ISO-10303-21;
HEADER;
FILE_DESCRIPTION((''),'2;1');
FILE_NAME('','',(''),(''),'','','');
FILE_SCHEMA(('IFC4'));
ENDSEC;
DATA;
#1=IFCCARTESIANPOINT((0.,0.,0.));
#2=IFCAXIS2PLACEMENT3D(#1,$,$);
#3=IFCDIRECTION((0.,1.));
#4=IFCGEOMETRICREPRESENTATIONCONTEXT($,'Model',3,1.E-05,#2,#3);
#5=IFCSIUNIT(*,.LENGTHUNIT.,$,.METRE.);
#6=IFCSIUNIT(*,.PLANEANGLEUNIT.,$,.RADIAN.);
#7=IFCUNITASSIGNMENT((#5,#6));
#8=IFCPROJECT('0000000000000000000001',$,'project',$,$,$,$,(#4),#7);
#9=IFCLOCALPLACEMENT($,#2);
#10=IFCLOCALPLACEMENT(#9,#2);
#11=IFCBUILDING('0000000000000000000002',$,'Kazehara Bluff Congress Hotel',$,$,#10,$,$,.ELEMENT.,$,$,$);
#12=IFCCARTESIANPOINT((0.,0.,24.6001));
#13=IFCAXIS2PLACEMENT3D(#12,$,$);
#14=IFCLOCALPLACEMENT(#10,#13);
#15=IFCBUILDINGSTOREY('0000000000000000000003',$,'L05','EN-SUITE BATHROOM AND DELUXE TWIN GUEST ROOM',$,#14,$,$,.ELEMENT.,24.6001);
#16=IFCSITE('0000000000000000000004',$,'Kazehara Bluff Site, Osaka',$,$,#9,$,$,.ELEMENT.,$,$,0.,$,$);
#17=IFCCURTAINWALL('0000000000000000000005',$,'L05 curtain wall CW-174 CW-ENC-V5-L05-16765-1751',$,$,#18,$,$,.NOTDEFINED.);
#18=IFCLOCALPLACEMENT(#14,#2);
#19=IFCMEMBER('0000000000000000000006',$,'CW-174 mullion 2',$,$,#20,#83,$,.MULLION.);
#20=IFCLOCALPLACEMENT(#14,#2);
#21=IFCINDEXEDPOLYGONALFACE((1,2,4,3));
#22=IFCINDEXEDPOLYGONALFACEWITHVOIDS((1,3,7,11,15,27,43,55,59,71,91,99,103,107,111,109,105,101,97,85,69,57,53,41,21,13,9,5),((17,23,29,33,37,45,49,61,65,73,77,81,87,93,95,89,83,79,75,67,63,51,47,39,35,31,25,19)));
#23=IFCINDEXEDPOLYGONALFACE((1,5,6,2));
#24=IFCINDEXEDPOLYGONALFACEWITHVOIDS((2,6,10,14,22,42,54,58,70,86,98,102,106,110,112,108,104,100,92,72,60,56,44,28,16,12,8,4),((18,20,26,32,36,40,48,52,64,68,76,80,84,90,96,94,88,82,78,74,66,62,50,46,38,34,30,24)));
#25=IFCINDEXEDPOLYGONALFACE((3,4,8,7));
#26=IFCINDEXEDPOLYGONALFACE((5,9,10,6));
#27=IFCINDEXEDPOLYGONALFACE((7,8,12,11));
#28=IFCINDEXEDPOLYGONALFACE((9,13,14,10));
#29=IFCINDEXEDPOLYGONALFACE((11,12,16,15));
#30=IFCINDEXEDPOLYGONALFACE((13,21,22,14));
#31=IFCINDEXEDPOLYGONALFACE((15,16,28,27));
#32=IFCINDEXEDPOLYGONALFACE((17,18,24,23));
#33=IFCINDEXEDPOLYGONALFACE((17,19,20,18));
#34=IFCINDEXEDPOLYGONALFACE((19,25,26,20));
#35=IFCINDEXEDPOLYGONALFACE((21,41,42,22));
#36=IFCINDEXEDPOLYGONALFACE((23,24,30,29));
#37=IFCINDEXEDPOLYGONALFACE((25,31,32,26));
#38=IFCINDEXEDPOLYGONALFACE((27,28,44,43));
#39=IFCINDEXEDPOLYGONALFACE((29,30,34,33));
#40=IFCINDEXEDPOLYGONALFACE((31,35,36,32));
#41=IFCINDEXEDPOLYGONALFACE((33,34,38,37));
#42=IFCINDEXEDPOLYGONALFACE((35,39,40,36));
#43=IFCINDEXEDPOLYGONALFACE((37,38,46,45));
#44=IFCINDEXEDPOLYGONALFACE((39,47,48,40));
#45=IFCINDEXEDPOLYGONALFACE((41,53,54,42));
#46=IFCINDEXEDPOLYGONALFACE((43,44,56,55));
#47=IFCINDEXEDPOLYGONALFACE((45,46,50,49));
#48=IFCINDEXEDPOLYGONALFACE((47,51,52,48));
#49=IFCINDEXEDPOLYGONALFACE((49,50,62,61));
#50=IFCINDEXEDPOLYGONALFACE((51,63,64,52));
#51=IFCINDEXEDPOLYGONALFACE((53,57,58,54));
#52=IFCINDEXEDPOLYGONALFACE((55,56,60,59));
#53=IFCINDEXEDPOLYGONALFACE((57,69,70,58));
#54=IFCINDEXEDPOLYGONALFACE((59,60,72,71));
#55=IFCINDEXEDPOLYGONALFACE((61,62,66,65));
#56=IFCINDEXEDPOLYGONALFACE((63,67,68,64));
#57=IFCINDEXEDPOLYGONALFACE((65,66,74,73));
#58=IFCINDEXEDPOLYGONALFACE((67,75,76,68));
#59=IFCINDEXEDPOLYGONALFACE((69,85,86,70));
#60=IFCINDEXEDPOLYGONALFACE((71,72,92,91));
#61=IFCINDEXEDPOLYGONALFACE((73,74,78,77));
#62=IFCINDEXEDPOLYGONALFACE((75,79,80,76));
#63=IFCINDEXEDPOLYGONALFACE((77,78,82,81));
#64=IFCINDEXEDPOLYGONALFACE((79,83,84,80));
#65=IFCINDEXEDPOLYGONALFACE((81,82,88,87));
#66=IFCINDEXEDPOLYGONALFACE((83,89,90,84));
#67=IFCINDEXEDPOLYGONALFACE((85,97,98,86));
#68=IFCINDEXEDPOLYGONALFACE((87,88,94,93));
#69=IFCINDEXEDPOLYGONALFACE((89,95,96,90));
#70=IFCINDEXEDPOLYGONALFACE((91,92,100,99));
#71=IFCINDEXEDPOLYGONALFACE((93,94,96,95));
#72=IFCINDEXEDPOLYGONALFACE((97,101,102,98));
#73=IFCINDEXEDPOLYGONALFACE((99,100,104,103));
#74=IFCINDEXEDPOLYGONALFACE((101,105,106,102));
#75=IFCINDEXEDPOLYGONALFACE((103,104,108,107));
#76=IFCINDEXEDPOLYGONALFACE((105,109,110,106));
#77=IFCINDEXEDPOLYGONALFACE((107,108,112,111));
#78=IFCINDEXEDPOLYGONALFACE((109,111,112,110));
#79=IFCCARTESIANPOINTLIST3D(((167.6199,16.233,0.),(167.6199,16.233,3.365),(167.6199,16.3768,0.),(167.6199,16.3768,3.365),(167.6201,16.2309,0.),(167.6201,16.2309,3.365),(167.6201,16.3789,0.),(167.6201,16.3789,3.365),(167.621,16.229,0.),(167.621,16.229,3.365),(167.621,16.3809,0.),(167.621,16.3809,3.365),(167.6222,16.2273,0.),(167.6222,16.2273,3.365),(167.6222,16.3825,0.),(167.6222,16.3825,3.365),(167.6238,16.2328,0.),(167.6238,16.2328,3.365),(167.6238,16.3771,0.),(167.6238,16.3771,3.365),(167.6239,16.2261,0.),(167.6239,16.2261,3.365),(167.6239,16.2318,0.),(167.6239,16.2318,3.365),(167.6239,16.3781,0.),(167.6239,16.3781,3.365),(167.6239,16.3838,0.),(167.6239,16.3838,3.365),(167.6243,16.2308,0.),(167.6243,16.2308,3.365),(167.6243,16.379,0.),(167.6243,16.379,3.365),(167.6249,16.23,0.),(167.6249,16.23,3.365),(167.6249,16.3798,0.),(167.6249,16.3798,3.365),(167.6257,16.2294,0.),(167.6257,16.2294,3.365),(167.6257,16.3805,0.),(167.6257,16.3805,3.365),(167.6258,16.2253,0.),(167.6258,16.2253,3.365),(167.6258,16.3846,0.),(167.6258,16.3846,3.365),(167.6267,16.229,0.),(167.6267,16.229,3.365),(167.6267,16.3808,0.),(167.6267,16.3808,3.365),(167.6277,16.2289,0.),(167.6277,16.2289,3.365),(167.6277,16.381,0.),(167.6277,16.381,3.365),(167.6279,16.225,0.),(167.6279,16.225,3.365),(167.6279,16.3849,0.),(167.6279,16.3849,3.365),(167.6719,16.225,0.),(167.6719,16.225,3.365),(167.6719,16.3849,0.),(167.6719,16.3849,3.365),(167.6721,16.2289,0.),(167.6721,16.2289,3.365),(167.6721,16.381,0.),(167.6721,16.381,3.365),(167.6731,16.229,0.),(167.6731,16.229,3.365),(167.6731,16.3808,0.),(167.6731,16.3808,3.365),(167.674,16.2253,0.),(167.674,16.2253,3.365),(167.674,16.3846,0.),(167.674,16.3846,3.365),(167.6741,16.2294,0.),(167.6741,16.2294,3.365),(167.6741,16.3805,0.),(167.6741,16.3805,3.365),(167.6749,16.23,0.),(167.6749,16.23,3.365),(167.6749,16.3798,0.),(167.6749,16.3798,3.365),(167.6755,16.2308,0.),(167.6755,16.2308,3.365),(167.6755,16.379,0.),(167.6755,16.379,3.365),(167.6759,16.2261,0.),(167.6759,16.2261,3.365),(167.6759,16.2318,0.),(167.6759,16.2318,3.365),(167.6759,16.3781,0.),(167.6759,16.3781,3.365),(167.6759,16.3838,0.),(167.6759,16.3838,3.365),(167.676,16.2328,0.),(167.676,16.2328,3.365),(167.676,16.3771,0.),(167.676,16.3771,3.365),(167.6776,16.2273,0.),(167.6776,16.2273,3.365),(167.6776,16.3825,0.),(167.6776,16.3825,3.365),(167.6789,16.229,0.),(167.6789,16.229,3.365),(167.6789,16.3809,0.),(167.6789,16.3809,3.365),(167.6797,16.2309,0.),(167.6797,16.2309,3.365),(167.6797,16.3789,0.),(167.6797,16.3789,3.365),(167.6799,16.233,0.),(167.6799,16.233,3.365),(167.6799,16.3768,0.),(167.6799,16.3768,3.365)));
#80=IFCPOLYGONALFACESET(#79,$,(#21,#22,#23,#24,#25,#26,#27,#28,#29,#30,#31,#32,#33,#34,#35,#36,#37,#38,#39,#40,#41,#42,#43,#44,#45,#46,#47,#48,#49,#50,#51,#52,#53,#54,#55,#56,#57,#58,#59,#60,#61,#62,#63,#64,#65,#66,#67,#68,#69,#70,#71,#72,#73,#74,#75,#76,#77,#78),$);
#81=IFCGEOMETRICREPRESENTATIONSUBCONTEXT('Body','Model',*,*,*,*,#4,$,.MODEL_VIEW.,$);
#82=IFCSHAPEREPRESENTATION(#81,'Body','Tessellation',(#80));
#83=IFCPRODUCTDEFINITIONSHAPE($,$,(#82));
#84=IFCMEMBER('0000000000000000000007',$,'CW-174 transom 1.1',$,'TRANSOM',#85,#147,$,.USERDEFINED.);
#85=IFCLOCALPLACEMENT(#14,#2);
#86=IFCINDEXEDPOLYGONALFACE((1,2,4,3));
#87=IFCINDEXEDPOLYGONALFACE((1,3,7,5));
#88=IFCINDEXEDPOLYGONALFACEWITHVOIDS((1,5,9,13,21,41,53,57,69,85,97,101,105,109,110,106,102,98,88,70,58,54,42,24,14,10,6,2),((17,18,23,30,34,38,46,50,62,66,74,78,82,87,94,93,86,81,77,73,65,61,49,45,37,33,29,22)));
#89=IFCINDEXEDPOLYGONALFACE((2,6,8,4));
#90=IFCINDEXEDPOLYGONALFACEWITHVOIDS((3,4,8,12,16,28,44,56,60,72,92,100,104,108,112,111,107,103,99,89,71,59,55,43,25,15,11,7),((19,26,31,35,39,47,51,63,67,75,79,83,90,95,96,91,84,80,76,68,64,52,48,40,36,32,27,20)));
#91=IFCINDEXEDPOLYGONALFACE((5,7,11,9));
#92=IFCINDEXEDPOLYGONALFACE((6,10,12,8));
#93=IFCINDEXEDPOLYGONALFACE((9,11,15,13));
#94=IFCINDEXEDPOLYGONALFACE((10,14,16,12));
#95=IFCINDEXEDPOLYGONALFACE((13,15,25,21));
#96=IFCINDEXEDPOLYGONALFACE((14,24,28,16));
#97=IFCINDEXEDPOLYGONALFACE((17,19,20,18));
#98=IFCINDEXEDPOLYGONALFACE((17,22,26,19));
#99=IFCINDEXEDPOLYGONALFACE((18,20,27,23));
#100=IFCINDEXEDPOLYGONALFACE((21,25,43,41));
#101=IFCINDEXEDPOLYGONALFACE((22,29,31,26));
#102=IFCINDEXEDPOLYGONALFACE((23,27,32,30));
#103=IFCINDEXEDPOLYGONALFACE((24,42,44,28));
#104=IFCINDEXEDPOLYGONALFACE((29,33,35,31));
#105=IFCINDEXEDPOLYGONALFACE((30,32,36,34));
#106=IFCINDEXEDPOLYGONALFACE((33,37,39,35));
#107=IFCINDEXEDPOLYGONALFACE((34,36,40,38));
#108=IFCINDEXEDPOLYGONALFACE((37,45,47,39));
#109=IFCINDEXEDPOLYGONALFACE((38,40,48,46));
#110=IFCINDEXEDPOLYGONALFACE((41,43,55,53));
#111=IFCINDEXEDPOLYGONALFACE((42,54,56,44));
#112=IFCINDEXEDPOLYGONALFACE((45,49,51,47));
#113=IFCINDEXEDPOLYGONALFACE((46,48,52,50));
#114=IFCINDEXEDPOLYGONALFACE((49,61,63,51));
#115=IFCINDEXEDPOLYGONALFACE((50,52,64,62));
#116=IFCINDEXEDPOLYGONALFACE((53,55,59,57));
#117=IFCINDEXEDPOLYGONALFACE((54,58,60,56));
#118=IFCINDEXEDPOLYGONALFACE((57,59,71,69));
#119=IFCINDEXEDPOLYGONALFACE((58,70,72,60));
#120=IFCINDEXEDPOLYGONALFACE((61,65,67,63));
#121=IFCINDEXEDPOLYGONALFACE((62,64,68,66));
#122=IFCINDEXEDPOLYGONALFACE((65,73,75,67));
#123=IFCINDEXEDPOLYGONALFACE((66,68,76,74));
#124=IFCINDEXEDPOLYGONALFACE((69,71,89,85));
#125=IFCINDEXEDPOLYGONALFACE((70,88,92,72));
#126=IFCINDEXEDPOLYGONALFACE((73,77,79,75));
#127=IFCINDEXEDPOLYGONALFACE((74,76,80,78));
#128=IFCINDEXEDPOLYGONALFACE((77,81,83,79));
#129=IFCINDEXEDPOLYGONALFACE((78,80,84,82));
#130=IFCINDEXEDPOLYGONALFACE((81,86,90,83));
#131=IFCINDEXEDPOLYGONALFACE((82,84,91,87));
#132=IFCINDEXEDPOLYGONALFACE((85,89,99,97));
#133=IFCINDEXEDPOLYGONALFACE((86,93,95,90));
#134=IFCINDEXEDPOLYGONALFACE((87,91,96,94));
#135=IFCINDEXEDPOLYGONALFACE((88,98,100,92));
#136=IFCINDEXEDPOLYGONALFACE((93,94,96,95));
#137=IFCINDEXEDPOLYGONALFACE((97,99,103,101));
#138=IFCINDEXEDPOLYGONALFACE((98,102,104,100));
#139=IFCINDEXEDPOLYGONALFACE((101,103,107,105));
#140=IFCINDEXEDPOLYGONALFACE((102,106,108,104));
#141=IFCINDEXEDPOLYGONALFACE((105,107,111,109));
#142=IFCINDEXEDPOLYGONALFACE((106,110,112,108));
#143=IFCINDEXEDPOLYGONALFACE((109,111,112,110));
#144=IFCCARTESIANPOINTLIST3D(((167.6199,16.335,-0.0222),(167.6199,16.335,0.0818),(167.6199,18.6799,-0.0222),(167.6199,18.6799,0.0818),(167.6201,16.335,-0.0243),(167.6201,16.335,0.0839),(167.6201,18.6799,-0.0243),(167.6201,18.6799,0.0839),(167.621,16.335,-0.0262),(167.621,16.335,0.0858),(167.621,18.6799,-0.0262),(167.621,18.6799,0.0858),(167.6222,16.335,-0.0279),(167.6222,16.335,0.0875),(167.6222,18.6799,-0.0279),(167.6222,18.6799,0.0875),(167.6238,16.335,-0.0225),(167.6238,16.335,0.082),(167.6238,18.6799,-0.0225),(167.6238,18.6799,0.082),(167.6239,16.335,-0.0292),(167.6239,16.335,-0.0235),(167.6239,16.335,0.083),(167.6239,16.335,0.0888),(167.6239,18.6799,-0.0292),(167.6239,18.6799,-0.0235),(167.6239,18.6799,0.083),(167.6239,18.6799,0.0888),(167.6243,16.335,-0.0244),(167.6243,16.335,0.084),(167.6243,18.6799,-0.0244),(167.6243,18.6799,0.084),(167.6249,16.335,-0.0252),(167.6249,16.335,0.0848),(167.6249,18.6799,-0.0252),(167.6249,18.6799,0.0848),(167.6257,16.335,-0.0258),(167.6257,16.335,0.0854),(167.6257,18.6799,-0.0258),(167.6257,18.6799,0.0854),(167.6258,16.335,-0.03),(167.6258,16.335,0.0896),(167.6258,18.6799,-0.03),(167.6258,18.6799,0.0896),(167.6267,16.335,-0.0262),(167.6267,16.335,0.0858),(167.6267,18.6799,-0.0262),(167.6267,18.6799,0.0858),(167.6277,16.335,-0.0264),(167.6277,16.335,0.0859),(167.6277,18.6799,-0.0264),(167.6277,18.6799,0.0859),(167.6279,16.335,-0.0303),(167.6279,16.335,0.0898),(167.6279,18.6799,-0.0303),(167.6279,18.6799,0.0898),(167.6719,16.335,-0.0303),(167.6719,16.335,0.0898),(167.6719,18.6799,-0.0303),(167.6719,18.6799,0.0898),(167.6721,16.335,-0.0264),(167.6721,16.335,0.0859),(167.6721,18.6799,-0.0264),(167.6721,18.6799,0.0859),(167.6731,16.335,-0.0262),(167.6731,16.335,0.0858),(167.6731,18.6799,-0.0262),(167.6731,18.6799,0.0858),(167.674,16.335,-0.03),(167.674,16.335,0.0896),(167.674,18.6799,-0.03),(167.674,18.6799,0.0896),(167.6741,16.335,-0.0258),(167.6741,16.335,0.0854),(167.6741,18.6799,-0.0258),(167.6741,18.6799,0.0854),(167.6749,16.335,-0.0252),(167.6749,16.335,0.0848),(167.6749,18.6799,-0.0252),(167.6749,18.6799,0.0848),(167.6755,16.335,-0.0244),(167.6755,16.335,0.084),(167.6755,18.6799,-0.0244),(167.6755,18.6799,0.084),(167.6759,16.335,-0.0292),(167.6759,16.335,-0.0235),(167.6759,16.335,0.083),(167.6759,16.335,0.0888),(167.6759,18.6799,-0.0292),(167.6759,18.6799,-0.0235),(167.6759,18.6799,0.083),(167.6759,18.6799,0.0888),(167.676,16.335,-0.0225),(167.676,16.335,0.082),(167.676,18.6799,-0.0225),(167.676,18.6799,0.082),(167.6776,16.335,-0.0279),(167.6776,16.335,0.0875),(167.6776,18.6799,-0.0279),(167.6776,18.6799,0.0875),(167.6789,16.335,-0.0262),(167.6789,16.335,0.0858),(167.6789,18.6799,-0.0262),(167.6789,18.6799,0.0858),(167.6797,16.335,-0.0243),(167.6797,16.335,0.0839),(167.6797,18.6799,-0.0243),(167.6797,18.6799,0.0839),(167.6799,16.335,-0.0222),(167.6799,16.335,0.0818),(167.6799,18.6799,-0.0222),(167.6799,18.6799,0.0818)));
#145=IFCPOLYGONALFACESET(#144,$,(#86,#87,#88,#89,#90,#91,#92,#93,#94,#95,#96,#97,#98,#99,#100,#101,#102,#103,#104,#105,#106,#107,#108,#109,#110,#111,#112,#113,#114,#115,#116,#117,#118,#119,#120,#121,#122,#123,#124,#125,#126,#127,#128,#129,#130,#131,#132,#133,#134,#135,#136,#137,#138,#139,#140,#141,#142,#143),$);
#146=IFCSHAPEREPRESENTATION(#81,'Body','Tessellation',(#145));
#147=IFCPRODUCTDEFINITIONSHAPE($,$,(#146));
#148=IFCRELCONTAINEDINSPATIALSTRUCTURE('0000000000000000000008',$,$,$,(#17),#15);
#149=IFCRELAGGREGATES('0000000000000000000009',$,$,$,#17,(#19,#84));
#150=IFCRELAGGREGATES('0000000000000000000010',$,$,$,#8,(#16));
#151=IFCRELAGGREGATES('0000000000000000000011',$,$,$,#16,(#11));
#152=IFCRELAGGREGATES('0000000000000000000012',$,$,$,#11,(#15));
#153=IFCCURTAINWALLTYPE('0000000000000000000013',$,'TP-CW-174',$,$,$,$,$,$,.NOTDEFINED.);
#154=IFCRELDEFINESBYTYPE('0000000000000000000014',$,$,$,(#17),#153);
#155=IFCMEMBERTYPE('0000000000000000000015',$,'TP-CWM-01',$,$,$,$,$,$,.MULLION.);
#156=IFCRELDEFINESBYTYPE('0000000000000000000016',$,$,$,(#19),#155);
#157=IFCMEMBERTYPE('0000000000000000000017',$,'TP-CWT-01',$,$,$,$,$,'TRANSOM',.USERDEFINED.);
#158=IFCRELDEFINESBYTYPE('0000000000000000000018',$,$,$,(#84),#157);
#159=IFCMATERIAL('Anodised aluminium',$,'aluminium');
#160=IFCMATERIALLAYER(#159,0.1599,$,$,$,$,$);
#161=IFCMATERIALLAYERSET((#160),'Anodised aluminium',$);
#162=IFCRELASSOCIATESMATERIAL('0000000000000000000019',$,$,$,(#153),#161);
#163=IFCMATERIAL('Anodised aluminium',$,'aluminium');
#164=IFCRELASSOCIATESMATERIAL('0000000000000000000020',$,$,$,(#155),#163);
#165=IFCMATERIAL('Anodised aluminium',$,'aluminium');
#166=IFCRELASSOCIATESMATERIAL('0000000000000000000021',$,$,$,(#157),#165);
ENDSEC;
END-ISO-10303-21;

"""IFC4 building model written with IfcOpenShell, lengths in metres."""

from ifc_helpers import new_model, si_unit, direction, frame, origin, origin_2d, place, context, subcontext, project, spatial, hollow_rectangle, extrude, material, layer, layer_set, material_profile, profile_set, type_object, element, aggregate, save


model = new_model("IFC4")

# Units and contexts
model_context = context("Model", 3, precision=1e-05, world=origin(), true_north=direction((0.0, 1.0)))
body_context = subcontext(model_context, "Body", "Model", "MODEL_VIEW")
ifc_project = project(units=[si_unit("LENGTHUNIT", "METRE"), si_unit("PLANEANGLEUNIT", "RADIAN")], contexts=[model_context])

# Site, building, storey
site_placement = place(None, origin())
site = spatial("IfcSite", under=ifc_project, at=site_placement, Name="Kazehara Bluff Site, Osaka", CompositionType="ELEMENT", RefElevation=0.0)
building_placement = place(site_placement, origin())
building = spatial("IfcBuilding", under=site, at=building_placement, Name="Kazehara Bluff Congress Hotel", CompositionType="ELEMENT")
storey_placement = place(building_placement, frame((0.0, 0.0, 24.6001)))
storey = spatial("IfcBuildingStorey", under=building, at=storey_placement, Name="L05", Description="EN-SUITE BATHROOM AND DELUXE TWIN GUEST ROOM", CompositionType="ELEMENT", Elevation=24.6001)

# Curtain wall, members
ifc_material_1 = material(Name="Anodised aluminium", Category="aluminium")
ifc_layer_1 = layer(ifc_material_1, 0.1599)
ifc_layer_set_1 = layer_set([ifc_layer_1], Name="Anodised aluminium")
curtain_wall_type = type_object("IfcCurtainWallType", Name="TP-CW-174", PredefinedType="NOTDEFINED", material=ifc_layer_set_1)
curtain_wall_placement = place(storey_placement, origin())
curtain_wall = element("IfcCurtainWall", 1, at=curtain_wall_placement, inside=storey, type_object=curtain_wall_type, Name="L05 curtain wall CW-174 CW-ENC-V5-L05-16765-1751", PredefinedType="NOTDEFINED")
ifc_material_2 = material(Name="Anodised aluminium", Category="aluminium")
ifc_material_profile_1 = material_profile(ifc_material_2, hollow_rectangle(XDim=0.0601, YDim=0.1599, WallThickness=0.0039, InnerFilletRadius=0.0039, OuterFilletRadius=0.0081, at=origin_2d()))
ifc_profile_set_1 = profile_set([ifc_material_profile_1], Name="Anodised aluminium")
member_type_1 = type_object("IfcMemberType", Name="TP-CWM-01", PredefinedType="MULLION", material=ifc_profile_set_1)
member_1_placement = place(storey_placement, frame((167.6499, 16.3049, 0.0), z_axis=(0.0, 0.0, 1.0), x_axis=(1.0, 0.0, 0.0)))
member_1 = element("IfcMember", 2, at=member_1_placement, type_object=member_type_1, Name="CW-174 mullion 2", PredefinedType="MULLION", context=body_context, shape_type="SweptSolid", body=[
    extrude(hollow_rectangle(XDim=0.0601, YDim=0.1599, WallThickness=0.0039, InnerFilletRadius=0.0039, OuterFilletRadius=0.0081, at=origin_2d()), origin(), (0.0, 0.0, 1.0), 3.365),
])
ifc_material_3 = material(Name="Anodised aluminium", Category="aluminium")
ifc_material_profile_2 = material_profile(ifc_material_3, hollow_rectangle(XDim=0.0601, YDim=0.1201, WallThickness=0.0039, InnerFilletRadius=0.0039, OuterFilletRadius=0.0081, at=origin_2d()))
ifc_profile_set_2 = profile_set([ifc_material_profile_2], Name="Anodised aluminium")
member_type_2 = type_object("IfcMemberType", Name="TP-CWT-01", ElementType="TRANSOM", PredefinedType="USERDEFINED", material=ifc_profile_set_2)
member_2_placement = place(storey_placement, frame((167.6499, 18.6799, 0.0298), z_axis=(0.0, -1.0, 0.0), x_axis=(1.0, 0.0, 0.0)))
member_2 = element("IfcMember", 3, at=member_2_placement, type_object=member_type_2, Name="CW-174 transom 1.1", ObjectType="TRANSOM", PredefinedType="USERDEFINED", context=body_context, shape_type="SweptSolid", body=[
    extrude(hollow_rectangle(XDim=0.0601, YDim=0.1201, WallThickness=0.0039, InnerFilletRadius=0.0039, OuterFilletRadius=0.0081, at=origin_2d()), origin(), (0.0, 0.0, 1.0), 2.345),
])

aggregate(curtain_wall, [member_1, member_2])

save(model, "model.ifc")
